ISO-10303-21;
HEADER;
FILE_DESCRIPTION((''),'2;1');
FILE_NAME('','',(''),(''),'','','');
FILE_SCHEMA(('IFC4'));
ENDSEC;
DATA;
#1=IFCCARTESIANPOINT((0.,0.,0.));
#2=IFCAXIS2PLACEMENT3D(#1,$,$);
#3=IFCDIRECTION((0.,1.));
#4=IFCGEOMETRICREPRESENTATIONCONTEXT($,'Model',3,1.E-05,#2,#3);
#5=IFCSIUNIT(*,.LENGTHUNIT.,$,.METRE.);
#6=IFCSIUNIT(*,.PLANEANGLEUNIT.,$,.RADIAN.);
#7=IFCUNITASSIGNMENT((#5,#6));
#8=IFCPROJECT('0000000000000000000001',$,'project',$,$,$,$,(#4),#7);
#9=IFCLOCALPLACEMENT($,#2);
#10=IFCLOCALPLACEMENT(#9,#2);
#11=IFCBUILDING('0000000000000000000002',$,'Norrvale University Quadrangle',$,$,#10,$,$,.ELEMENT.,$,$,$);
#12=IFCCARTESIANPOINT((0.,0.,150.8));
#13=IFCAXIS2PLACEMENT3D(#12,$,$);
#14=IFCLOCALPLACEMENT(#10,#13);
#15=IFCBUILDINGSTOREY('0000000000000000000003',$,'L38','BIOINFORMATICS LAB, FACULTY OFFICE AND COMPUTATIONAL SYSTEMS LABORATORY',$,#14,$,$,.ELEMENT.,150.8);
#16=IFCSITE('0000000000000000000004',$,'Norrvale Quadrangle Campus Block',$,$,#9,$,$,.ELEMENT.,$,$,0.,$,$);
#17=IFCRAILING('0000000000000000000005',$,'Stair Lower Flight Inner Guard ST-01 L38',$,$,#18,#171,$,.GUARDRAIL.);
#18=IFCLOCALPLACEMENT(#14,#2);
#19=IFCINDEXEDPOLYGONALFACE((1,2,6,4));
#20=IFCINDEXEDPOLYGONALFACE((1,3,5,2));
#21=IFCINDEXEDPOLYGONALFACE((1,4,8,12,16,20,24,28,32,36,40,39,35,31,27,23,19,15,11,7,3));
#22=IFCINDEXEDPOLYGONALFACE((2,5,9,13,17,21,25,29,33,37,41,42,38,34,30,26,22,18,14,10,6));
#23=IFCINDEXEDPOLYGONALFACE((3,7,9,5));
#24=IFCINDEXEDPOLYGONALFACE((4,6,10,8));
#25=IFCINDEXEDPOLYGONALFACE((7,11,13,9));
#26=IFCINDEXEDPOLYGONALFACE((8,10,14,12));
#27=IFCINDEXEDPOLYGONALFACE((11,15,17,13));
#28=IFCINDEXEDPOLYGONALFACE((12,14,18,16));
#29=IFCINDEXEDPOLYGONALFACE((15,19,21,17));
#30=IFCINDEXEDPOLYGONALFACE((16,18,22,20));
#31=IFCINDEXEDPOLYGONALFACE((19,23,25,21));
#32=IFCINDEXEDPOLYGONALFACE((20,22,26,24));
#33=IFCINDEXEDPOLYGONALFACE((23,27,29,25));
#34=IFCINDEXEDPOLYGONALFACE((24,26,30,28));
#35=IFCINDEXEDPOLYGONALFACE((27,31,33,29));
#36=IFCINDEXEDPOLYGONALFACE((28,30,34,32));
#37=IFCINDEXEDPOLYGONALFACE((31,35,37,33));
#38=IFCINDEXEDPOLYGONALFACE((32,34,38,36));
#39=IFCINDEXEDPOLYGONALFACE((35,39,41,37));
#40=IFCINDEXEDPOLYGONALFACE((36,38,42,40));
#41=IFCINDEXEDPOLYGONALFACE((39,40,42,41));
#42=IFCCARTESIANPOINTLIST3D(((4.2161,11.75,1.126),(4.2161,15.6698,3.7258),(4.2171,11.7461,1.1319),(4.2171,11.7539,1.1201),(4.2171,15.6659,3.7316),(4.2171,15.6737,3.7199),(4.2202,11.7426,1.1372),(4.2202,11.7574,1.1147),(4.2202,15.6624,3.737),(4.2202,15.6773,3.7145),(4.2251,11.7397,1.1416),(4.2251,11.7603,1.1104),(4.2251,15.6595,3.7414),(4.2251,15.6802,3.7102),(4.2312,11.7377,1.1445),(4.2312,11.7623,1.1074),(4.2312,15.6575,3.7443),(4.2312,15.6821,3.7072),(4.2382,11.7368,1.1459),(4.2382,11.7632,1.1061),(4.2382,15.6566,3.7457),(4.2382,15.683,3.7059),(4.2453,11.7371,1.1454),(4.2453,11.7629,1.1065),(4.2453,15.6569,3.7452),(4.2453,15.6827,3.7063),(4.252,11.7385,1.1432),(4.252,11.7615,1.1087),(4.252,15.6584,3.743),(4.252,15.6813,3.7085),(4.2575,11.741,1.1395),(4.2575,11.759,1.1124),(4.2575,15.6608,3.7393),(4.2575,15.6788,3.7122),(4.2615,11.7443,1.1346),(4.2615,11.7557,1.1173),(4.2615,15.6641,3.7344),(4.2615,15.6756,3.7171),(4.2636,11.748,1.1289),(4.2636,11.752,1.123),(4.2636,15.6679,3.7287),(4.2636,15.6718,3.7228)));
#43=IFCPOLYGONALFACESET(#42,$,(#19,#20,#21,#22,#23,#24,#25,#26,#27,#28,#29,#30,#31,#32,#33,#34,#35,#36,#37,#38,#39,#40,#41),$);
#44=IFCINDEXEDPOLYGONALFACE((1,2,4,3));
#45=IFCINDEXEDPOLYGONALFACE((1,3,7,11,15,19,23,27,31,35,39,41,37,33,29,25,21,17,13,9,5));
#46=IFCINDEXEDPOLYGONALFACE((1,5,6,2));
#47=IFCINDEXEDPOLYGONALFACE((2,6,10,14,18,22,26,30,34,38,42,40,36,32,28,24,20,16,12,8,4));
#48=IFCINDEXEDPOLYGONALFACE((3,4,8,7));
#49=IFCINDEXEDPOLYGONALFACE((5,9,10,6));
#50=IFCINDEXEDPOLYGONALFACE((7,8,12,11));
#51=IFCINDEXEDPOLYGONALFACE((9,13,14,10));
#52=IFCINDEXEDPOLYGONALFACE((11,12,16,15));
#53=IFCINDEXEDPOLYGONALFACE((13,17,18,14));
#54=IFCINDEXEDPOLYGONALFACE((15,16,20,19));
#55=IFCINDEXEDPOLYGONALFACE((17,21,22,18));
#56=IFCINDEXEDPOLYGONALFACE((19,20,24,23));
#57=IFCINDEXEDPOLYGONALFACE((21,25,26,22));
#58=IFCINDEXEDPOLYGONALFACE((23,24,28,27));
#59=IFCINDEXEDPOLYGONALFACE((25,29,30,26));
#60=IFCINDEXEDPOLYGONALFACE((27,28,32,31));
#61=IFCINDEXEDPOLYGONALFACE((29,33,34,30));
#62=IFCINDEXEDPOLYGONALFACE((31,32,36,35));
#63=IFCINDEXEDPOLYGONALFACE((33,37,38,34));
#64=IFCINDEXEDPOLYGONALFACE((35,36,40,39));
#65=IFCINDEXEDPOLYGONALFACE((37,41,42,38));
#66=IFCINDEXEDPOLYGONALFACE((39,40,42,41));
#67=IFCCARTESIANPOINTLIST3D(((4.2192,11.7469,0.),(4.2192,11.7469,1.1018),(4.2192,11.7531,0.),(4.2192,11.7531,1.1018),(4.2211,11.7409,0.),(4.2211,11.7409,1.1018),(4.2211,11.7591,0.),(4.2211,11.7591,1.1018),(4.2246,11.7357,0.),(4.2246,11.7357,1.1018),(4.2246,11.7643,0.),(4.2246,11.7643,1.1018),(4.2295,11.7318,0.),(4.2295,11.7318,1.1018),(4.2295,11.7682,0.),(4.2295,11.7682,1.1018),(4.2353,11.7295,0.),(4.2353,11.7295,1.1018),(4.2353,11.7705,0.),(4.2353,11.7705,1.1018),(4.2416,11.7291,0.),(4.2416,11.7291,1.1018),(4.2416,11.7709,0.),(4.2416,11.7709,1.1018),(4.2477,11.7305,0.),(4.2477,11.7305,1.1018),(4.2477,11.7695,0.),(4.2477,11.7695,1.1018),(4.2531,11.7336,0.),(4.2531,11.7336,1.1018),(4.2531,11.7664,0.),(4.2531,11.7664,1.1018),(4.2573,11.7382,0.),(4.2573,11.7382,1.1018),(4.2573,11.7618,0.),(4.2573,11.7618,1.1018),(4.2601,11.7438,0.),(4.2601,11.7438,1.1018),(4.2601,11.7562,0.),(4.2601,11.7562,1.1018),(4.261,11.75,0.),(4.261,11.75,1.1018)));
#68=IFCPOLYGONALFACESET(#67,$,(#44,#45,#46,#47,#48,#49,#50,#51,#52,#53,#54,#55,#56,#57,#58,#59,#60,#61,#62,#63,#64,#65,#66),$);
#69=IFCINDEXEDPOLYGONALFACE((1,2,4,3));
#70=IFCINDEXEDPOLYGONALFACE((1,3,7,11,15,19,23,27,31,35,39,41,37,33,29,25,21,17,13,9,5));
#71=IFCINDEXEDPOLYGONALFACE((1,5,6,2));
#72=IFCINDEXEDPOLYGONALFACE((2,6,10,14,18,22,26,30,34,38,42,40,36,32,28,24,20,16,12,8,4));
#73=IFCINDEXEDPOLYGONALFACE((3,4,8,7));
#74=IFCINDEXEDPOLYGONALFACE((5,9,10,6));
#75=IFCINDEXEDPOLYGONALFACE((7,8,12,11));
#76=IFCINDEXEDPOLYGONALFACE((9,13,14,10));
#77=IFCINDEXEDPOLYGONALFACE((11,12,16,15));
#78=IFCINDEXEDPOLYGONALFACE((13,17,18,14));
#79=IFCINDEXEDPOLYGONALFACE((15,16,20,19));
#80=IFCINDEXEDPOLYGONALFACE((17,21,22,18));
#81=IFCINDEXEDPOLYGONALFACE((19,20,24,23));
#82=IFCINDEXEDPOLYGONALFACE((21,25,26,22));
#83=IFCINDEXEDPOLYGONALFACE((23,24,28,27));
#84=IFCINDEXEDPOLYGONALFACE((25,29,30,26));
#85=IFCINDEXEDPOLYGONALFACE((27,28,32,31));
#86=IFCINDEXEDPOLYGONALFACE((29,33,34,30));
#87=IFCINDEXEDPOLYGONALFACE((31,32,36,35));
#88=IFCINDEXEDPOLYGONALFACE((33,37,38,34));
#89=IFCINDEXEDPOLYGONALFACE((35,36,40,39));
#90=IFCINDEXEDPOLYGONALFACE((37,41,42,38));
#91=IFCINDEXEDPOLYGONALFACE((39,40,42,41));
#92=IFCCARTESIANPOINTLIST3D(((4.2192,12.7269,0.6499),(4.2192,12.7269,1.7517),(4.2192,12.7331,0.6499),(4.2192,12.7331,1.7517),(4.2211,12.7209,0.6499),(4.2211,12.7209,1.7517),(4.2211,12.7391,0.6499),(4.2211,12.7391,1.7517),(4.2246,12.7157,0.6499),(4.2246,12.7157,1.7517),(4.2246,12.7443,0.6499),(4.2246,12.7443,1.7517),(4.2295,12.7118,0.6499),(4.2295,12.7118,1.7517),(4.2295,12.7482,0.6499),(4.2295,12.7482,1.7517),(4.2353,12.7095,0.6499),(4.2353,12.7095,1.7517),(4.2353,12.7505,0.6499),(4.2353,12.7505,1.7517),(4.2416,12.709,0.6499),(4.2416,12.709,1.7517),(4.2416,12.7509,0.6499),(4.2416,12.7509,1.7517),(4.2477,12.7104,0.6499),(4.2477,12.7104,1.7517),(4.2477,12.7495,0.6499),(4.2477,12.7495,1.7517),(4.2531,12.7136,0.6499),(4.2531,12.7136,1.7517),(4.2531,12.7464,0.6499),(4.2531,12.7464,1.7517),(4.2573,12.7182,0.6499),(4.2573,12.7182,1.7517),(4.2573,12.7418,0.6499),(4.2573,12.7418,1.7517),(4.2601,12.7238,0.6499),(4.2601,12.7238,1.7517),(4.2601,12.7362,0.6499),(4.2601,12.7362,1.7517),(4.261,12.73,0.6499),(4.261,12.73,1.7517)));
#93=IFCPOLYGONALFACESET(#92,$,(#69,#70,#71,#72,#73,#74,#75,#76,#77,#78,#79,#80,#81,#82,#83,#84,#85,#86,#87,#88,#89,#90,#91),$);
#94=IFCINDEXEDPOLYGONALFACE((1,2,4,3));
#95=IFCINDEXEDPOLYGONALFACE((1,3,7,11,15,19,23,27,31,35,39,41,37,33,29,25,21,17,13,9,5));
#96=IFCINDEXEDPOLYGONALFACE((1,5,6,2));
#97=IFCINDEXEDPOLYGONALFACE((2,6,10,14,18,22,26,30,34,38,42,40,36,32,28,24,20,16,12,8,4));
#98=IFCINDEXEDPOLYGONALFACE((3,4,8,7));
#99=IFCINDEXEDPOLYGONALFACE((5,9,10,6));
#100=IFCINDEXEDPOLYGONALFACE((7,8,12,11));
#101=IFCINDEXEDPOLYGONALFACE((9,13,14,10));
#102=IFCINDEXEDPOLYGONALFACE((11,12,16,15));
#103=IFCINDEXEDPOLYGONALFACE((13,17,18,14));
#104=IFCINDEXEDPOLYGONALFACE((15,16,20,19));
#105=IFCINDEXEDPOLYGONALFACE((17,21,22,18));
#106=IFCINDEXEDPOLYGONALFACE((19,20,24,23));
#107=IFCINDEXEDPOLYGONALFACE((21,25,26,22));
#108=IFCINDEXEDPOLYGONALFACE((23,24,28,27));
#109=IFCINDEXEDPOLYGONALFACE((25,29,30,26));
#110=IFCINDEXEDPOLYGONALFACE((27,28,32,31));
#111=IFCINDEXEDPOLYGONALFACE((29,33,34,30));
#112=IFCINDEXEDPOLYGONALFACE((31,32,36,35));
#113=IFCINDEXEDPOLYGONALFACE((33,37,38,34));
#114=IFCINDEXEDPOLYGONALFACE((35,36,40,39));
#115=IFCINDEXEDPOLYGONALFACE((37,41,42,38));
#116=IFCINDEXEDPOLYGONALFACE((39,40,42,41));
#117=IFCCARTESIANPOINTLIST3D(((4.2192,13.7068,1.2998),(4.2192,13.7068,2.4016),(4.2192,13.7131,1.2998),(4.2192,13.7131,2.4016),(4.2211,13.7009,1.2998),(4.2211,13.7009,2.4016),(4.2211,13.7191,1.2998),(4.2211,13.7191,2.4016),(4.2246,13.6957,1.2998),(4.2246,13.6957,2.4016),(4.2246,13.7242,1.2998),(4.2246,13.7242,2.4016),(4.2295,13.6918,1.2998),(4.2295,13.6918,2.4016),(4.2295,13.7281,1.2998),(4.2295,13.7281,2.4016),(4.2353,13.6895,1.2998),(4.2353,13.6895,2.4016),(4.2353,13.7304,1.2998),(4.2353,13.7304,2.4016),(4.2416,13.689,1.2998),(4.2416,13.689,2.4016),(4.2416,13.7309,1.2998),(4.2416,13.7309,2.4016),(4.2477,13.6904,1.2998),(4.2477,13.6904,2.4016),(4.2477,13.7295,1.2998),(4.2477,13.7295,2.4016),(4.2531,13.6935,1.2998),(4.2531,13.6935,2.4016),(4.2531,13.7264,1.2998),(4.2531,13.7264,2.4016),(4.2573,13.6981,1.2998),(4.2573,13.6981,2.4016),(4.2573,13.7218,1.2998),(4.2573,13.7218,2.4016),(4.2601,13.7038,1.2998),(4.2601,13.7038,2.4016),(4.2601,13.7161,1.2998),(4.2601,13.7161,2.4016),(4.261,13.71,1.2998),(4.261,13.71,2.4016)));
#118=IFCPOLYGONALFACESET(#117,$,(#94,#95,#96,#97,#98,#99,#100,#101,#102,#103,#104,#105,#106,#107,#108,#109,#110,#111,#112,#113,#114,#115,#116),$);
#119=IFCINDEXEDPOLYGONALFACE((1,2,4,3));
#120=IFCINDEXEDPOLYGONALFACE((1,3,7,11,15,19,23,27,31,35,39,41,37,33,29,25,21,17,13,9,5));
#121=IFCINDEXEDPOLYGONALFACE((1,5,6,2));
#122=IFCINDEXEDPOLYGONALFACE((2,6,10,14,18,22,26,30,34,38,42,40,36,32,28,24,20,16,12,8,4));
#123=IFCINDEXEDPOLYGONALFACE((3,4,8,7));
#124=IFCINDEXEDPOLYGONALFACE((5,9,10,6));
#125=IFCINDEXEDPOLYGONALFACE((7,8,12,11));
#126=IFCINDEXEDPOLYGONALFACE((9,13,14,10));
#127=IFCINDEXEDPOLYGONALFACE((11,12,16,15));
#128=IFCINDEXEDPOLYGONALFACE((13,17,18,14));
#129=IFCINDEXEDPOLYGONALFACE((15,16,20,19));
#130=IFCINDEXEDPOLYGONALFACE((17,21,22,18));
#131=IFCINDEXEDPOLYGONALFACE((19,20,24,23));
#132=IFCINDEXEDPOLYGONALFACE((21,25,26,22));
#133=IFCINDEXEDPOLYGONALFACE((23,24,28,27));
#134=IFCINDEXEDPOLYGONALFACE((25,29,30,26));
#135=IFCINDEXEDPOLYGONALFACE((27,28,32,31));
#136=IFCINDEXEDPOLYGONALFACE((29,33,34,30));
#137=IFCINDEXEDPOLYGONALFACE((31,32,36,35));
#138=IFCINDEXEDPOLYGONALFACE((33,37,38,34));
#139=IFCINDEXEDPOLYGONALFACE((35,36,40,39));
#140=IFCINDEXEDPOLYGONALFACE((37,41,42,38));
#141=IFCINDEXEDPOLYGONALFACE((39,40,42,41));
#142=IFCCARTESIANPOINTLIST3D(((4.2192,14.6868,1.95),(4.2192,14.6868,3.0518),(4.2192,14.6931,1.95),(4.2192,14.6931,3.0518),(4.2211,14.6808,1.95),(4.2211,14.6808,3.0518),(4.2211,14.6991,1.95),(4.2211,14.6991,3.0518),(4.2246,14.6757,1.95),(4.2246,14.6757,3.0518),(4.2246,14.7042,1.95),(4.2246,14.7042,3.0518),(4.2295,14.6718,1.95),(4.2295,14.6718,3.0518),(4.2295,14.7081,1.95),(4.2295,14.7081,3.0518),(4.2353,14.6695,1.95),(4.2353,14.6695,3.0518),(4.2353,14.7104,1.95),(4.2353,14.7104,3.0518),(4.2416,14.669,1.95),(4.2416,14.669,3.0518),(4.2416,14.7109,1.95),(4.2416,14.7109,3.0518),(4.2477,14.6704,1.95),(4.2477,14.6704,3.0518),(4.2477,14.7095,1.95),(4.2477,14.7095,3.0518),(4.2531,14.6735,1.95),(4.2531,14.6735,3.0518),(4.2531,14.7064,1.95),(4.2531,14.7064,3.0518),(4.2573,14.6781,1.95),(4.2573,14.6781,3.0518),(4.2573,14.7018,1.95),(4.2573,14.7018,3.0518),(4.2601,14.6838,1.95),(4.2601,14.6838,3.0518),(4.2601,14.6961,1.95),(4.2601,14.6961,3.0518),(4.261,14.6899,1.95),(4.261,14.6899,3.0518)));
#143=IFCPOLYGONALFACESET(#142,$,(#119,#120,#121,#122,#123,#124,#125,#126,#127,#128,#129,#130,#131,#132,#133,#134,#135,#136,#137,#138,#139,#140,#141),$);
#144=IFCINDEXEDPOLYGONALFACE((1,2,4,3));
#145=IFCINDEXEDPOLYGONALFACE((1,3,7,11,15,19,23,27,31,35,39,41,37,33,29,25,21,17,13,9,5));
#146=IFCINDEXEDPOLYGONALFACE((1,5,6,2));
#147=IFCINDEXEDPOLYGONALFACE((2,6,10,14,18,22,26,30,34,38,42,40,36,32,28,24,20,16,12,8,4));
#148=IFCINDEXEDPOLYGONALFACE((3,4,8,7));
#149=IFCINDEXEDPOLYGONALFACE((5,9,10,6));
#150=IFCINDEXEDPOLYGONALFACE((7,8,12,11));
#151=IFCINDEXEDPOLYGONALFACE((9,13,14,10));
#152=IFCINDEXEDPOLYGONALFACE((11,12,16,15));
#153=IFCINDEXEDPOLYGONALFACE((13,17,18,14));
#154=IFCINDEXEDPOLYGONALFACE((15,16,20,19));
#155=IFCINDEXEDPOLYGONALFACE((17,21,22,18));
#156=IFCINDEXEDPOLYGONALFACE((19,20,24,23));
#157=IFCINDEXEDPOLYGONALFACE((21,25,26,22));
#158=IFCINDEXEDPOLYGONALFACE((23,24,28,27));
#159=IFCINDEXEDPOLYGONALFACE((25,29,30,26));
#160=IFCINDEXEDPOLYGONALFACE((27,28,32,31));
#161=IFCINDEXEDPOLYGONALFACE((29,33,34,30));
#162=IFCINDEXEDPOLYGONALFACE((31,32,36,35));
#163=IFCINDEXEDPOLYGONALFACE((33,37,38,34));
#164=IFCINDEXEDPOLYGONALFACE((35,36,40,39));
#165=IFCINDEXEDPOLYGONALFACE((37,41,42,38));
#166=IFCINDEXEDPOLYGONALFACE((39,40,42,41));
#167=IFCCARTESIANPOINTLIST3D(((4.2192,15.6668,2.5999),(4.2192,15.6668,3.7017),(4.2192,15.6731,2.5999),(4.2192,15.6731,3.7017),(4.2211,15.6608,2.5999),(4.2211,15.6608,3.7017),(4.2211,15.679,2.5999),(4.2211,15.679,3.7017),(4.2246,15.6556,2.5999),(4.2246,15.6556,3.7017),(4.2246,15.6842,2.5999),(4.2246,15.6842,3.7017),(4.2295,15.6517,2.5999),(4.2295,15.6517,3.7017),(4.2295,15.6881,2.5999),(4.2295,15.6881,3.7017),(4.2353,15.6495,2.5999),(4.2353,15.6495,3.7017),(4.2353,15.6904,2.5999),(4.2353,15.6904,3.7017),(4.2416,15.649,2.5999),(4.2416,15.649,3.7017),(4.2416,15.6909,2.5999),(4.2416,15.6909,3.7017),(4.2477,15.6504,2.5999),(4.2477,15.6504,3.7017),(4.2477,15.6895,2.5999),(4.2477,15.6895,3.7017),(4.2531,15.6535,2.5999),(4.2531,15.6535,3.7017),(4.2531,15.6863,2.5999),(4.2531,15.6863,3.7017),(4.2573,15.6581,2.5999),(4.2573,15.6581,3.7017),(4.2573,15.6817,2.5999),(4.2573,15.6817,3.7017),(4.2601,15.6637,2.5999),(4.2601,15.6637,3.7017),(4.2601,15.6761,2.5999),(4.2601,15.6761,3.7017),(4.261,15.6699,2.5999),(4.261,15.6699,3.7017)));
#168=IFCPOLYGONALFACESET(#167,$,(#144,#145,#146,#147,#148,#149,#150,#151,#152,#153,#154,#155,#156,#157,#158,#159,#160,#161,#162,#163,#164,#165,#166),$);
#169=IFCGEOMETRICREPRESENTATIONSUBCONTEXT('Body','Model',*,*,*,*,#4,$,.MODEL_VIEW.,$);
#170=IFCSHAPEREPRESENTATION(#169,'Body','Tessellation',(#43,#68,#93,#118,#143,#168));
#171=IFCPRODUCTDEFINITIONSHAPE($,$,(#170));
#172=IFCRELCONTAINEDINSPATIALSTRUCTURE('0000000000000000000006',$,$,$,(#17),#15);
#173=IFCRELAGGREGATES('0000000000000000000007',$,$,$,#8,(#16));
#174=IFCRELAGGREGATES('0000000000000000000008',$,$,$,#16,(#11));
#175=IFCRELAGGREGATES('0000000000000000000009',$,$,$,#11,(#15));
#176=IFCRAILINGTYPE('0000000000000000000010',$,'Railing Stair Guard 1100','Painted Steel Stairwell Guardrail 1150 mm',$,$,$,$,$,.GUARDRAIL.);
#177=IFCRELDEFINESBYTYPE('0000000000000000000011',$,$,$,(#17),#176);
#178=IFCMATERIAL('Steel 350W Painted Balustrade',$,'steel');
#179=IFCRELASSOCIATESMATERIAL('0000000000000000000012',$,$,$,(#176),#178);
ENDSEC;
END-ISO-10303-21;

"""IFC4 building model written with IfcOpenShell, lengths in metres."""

from ifc_helpers import new_model, si_unit, direction, frame, origin, origin_2d, place, context, subcontext, project, spatial, circle, extrude, material, type_object, element, save


model = new_model("IFC4")

# Units and contexts
model_context = context("Model", 3, precision=1e-05, world=origin(), true_north=direction((0.0, 1.0)))
body_context = subcontext(model_context, "Body", "Model", "MODEL_VIEW")
ifc_project = project(units=[si_unit("LENGTHUNIT", "METRE"), si_unit("PLANEANGLEUNIT", "RADIAN")], contexts=[model_context])

# Site, building, storey
site_placement = place(None, origin())
site = spatial("IfcSite", under=ifc_project, at=site_placement, Name="Norrvale Quadrangle Campus Block", CompositionType="ELEMENT", RefElevation=0.0)
building_placement = place(site_placement, origin())
building = spatial("IfcBuilding", under=site, at=building_placement, Name="Norrvale University Quadrangle", CompositionType="ELEMENT")
storey_placement = place(building_placement, frame((0.0, 0.0, 150.8)))
storey = spatial("IfcBuildingStorey", under=building, at=storey_placement, Name="L38", Description="BIOINFORMATICS LAB, FACULTY OFFICE AND COMPUTATIONAL SYSTEMS LABORATORY", CompositionType="ELEMENT", Elevation=150.8)

# Railing
ifc_material_1 = material(Name="Steel 350W Painted Balustrade", Category="steel")
railing_type_1 = type_object("IfcRailingType", Name="Railing Stair Guard 1100", Description="Painted Steel Stairwell Guardrail 1150 mm", PredefinedType="GUARDRAIL", material=ifc_material_1)
railing_1_placement = place(storey_placement, frame((4.24, 11.75, 0.0)))
element("IfcRailing", 1, at=railing_1_placement, inside=storey, type_object=railing_type_1, Name="Stair Lower Flight Inner Guard ST-01 L38", PredefinedType="GUARDRAIL", context=body_context, shape_type="SweptSolid", body=[
    extrude(circle(Radius=0.0239, at=origin_2d()), frame((0.0, 0.0, 1.126), z_axis=(0.0, 0.833366, 0.552722), x_axis=(-1.0, 0.0, 0.0)), (0.0, 0.0, 1.0), 4.7036),
    extrude(circle(Radius=0.021, at=origin_2d()), origin(), (0.0, 0.0, 1.0), 1.1018),
    extrude(circle(Radius=0.021, at=origin_2d()), frame((0.0, 0.98, 0.6499)), (0.0, 0.0, 1.0), 1.1018),
    extrude(circle(Radius=0.021, at=origin_2d()), frame((0.0, 1.96, 1.2998)), (0.0, 0.0, 1.0), 1.1018),
    extrude(circle(Radius=0.021, at=origin_2d()), frame((0.0, 2.9399, 1.95)), (0.0, 0.0, 1.0), 1.1018),
    extrude(circle(Radius=0.021, at=origin_2d()), frame((0.0, 3.9199, 2.5999)), (0.0, 0.0, 1.0), 1.1018),
])

save(model, "model.ifc")
